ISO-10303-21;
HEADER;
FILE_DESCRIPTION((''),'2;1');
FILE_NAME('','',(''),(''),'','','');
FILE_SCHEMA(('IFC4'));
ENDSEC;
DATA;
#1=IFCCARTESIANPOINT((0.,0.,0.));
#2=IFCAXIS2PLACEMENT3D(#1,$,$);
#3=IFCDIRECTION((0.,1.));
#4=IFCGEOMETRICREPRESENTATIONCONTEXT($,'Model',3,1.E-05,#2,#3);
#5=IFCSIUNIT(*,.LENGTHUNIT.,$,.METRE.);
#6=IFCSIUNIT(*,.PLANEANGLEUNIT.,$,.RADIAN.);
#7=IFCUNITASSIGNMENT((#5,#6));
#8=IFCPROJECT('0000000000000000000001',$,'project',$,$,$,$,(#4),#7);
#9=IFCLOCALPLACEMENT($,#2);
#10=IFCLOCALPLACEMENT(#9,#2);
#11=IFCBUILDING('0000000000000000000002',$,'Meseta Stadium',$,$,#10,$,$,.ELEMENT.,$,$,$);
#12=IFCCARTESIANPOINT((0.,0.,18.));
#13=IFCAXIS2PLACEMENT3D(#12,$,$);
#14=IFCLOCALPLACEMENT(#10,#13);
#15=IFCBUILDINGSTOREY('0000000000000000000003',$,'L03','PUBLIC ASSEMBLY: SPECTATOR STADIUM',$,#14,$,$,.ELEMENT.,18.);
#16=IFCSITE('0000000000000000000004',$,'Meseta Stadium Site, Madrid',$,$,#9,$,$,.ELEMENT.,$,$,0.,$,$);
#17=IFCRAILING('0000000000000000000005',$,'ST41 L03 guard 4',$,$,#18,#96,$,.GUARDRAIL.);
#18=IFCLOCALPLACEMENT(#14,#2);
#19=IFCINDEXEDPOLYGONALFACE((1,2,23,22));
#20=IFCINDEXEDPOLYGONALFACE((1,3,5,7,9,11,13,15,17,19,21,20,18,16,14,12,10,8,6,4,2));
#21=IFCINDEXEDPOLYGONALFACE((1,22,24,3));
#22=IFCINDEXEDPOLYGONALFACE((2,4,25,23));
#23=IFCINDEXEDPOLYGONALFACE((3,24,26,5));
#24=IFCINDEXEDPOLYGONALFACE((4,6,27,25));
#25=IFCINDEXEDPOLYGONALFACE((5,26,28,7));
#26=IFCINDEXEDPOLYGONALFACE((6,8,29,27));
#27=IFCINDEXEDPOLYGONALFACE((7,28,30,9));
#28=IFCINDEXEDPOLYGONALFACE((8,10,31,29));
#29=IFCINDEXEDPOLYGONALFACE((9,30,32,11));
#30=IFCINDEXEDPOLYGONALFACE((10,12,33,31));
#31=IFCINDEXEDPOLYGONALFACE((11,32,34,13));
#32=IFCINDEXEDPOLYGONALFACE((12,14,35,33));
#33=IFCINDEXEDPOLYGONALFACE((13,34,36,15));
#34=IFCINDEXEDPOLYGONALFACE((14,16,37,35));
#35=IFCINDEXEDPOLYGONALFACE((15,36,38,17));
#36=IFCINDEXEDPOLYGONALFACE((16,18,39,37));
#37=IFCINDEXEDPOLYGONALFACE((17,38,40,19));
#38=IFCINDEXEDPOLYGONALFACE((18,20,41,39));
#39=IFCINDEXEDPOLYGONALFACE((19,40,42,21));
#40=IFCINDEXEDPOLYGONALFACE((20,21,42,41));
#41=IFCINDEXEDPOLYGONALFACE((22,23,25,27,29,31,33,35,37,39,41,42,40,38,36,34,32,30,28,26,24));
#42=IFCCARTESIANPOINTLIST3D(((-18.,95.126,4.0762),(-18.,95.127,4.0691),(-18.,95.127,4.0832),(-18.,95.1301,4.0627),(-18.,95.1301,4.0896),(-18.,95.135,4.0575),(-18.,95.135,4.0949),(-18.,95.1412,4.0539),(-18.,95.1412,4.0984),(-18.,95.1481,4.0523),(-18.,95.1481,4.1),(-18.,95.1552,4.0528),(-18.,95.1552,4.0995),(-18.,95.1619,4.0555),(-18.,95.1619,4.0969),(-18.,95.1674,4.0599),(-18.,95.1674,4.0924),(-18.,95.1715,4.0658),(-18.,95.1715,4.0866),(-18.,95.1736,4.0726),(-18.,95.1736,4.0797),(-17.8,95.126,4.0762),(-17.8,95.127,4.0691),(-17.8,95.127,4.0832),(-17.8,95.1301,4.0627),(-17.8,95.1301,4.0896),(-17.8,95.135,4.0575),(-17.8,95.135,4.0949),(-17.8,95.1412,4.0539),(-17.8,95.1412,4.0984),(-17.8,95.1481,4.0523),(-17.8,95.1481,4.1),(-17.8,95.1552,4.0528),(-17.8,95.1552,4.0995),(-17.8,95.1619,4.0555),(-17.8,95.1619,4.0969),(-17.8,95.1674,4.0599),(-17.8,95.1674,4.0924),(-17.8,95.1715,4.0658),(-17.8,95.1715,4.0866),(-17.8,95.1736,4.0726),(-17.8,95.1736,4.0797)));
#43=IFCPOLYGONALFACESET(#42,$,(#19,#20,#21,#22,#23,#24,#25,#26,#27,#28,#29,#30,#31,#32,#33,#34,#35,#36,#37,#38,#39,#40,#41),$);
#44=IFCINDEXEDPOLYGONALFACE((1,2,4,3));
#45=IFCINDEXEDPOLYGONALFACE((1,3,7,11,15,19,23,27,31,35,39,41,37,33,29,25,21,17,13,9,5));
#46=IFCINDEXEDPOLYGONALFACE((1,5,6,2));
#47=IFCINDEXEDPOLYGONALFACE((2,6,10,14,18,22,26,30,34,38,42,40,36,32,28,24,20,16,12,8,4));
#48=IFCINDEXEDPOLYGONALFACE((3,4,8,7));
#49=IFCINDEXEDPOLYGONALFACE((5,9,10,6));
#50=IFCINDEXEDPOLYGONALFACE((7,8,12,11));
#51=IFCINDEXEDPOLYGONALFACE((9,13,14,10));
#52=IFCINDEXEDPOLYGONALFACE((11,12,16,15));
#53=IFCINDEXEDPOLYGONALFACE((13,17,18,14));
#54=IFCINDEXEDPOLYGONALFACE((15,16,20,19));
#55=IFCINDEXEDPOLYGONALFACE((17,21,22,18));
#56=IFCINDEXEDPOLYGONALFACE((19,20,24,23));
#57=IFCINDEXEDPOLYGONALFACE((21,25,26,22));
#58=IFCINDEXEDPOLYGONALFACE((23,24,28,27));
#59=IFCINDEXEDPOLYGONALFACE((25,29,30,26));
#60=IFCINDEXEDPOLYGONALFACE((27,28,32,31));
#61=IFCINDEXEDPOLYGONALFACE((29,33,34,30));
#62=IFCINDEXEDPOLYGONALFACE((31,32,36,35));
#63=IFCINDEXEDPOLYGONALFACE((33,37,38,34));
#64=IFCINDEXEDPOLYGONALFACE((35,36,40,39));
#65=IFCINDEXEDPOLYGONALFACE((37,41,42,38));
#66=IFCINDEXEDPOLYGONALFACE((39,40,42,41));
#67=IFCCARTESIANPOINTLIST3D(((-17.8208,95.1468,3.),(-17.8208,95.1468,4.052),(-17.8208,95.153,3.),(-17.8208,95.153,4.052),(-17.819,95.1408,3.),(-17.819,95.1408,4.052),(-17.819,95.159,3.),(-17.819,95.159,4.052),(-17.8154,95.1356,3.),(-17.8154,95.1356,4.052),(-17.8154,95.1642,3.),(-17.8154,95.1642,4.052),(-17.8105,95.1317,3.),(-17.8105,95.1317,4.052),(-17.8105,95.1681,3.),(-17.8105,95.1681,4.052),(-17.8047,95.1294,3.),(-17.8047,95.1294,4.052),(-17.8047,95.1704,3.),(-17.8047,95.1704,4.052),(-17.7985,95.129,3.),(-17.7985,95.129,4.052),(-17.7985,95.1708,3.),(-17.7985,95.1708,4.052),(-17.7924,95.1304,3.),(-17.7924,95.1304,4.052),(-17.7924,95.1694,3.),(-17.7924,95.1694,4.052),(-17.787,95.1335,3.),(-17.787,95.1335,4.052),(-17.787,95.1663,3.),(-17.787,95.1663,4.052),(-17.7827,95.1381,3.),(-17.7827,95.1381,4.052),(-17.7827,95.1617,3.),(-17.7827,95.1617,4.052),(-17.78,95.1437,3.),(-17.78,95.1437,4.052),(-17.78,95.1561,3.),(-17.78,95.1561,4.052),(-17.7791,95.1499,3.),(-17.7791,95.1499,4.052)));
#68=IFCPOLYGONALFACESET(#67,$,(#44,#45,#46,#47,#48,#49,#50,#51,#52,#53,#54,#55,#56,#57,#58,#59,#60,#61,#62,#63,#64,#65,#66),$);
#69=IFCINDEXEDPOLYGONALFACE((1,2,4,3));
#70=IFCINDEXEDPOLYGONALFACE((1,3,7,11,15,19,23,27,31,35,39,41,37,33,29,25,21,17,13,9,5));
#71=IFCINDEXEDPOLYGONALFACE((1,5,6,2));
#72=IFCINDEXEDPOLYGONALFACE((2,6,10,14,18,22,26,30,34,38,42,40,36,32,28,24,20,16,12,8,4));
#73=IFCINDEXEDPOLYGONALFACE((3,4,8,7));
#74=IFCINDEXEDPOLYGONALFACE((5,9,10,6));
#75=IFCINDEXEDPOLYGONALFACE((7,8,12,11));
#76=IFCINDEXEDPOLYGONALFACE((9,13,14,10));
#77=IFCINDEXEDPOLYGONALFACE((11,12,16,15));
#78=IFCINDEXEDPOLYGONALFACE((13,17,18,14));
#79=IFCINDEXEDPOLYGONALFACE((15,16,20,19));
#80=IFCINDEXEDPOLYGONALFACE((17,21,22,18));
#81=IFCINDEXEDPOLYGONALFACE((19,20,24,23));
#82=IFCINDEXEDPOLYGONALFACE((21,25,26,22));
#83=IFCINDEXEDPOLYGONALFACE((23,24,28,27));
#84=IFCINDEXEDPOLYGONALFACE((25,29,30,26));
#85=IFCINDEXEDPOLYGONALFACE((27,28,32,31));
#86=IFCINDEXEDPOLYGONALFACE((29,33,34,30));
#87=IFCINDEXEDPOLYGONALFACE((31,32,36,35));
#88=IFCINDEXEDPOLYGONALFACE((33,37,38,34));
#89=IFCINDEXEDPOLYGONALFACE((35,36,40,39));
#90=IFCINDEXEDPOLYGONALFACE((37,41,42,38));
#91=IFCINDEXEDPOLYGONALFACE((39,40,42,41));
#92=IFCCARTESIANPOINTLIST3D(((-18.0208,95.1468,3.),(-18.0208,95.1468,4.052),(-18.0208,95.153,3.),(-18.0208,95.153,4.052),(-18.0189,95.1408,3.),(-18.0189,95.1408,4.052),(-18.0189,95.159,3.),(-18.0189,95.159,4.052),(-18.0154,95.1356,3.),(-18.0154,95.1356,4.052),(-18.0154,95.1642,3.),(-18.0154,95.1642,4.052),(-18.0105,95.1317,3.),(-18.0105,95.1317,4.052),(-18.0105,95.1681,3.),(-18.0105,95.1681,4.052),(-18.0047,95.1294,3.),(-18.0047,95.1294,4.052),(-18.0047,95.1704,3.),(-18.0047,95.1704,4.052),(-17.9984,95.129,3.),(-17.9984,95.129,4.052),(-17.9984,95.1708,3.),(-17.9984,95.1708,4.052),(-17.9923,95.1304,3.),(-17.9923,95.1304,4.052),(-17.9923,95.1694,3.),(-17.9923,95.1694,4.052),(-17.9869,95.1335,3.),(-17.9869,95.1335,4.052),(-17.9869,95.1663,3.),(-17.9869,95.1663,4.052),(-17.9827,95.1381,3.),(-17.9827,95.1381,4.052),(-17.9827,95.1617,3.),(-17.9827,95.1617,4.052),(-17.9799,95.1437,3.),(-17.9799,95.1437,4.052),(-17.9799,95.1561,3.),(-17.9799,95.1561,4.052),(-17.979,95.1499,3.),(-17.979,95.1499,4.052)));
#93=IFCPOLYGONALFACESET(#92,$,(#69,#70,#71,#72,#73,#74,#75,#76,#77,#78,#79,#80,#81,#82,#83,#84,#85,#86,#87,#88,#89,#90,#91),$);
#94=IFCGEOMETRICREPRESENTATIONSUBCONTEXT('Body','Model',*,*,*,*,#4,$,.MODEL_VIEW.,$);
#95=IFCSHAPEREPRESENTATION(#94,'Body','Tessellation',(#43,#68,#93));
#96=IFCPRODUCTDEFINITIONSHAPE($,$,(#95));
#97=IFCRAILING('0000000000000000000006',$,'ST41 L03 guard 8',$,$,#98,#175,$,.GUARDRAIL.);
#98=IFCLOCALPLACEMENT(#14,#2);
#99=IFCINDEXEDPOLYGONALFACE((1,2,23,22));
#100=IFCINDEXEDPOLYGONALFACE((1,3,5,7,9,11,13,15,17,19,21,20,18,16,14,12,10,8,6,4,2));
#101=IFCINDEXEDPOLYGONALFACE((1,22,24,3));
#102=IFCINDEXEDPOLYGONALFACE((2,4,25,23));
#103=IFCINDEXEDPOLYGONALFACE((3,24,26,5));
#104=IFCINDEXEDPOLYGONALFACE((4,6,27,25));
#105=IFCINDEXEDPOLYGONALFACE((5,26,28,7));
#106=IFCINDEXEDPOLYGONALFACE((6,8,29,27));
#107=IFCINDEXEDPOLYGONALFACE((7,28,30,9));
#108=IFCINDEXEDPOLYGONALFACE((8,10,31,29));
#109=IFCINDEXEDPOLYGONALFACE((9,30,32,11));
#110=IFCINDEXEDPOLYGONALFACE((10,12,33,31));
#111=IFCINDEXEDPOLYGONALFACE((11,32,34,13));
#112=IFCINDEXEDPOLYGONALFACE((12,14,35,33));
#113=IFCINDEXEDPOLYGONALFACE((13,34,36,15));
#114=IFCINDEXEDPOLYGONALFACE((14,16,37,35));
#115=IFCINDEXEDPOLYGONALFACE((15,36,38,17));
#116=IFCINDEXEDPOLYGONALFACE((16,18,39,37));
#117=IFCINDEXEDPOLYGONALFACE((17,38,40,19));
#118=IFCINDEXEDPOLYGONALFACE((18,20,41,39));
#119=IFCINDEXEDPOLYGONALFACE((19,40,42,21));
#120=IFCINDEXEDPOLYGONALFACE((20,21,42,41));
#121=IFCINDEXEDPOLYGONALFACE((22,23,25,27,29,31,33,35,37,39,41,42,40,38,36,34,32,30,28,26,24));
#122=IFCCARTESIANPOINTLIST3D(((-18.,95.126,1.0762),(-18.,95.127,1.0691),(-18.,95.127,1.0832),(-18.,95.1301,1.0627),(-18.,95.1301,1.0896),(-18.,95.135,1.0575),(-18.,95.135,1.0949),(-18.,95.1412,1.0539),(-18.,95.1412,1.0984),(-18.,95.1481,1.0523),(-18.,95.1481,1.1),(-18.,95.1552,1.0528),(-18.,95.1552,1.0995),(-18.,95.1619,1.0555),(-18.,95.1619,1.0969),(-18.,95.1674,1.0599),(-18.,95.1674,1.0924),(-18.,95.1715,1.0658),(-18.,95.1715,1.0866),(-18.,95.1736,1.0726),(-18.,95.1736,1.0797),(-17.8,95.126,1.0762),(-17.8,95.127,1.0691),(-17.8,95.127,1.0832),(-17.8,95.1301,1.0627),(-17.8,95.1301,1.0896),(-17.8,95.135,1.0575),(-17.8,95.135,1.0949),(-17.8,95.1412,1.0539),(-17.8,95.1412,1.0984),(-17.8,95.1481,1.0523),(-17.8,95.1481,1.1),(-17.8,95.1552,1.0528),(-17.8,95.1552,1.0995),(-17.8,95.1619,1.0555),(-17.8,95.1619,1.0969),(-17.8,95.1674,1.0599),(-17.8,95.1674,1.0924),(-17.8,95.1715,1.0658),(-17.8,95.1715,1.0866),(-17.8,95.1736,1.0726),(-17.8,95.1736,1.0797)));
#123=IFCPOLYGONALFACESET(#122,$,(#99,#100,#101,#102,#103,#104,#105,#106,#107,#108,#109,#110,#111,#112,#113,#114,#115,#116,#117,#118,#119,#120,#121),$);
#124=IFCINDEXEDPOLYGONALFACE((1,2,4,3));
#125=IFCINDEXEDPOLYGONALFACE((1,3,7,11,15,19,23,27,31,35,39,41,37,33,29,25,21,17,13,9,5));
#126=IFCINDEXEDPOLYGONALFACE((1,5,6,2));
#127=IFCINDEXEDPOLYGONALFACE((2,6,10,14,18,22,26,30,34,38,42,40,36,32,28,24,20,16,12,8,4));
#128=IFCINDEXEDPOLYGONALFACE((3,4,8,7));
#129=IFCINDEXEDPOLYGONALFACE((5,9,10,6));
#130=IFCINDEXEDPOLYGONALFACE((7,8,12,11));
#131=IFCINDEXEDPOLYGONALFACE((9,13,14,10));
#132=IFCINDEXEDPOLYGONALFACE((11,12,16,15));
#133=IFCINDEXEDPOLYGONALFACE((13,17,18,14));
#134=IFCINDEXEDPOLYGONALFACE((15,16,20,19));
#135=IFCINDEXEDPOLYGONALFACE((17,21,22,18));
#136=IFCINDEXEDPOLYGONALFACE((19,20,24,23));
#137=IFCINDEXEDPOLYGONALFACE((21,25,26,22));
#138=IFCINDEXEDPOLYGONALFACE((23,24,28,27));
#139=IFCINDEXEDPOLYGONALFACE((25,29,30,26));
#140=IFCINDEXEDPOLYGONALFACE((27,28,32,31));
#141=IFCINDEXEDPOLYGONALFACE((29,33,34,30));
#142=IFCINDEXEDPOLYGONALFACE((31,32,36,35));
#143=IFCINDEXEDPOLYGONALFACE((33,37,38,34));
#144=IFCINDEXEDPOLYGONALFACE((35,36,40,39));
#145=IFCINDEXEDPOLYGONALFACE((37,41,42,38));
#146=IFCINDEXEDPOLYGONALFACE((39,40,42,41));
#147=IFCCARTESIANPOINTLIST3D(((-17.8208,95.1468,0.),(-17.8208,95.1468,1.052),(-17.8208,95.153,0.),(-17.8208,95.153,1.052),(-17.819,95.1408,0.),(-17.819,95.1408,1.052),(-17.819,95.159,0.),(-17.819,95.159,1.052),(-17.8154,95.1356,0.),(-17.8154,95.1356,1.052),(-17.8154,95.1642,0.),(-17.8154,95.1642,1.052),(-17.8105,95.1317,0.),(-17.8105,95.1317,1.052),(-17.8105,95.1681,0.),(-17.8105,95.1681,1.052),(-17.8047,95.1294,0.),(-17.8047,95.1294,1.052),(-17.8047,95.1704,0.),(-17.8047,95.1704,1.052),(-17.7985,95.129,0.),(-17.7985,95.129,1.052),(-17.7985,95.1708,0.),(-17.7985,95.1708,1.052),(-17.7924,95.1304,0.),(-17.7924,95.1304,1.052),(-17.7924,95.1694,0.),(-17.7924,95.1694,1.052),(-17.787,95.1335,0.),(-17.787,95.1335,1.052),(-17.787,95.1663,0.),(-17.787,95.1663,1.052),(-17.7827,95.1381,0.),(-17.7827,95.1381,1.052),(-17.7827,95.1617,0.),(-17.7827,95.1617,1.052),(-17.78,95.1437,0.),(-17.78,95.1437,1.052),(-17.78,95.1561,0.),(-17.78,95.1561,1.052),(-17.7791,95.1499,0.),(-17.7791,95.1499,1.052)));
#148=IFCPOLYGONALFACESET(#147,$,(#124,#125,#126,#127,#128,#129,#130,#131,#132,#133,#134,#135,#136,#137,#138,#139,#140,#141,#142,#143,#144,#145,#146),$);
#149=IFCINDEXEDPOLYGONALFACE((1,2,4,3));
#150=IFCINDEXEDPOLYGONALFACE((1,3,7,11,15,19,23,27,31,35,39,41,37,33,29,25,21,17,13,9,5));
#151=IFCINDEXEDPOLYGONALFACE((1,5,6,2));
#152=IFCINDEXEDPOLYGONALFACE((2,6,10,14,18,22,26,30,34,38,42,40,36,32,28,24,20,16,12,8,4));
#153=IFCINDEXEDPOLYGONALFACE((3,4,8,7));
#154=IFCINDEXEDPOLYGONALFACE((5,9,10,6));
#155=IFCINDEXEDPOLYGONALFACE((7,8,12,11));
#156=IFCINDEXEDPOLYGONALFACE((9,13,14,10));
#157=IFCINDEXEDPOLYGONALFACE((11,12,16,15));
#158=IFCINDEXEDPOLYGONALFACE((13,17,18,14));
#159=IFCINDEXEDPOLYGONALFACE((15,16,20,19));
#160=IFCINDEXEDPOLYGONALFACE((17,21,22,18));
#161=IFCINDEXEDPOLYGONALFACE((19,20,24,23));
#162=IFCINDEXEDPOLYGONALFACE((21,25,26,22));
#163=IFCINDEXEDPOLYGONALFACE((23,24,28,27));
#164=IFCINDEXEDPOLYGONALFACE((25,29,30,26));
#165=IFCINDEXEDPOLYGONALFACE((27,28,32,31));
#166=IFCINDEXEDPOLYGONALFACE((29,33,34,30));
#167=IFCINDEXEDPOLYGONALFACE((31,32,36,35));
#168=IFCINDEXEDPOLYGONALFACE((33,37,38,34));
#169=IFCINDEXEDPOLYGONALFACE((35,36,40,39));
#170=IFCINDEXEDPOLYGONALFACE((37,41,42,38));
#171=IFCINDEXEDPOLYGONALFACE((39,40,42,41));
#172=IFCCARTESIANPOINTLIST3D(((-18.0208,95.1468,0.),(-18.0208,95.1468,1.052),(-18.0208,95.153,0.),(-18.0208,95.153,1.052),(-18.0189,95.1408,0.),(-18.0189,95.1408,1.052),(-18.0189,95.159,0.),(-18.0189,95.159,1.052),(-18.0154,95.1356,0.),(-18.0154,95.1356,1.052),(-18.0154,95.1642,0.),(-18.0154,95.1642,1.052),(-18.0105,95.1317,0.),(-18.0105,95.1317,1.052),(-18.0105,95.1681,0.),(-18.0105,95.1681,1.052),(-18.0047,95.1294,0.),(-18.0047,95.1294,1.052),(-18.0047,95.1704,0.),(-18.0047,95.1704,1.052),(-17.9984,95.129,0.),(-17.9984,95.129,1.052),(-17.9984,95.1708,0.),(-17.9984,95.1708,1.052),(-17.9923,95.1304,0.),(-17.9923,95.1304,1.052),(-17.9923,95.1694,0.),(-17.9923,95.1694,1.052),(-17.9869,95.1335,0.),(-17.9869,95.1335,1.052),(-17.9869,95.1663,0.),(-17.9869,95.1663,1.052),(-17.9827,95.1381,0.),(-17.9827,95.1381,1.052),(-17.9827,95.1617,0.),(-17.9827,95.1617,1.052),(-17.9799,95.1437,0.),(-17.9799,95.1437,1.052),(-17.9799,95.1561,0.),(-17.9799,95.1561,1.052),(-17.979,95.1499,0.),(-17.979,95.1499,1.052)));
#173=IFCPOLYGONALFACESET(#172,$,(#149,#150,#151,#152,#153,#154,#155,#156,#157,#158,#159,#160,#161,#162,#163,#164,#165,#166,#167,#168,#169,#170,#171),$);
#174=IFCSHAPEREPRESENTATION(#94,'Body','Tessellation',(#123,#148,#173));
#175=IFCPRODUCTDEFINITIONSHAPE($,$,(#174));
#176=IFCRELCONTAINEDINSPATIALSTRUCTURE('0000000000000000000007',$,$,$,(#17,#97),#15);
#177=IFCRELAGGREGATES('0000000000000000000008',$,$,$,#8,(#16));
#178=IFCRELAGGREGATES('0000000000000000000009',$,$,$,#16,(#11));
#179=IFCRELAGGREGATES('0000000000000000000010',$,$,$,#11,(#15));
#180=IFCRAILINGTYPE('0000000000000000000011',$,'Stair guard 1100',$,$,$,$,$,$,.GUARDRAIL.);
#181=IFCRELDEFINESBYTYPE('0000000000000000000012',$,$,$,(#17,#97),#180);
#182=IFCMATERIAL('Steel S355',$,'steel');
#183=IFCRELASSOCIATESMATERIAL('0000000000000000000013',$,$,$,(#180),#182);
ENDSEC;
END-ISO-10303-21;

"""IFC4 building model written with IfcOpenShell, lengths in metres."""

from ifc_helpers import new_model, si_unit, direction, frame, origin, origin_2d, place, context, subcontext, project, spatial, circle, extrude, material, type_object, element, save


model = new_model("IFC4")

# Units and contexts
model_context = context("Model", 3, precision=1e-05, world=origin(), true_north=direction((0.0, 1.0)))
body_context = subcontext(model_context, "Body", "Model", "MODEL_VIEW")
ifc_project = project(units=[si_unit("LENGTHUNIT", "METRE"), si_unit("PLANEANGLEUNIT", "RADIAN")], contexts=[model_context])

# Site, building, storey
site_placement = place(None, origin())
site = spatial("IfcSite", under=ifc_project, at=site_placement, Name="Meseta Stadium Site, Madrid", CompositionType="ELEMENT", RefElevation=0.0)
building_placement = place(site_placement, origin())
building = spatial("IfcBuilding", under=site, at=building_placement, Name="Meseta Stadium", CompositionType="ELEMENT")
storey_placement = place(building_placement, frame((0.0, 0.0, 18.0)))
storey = spatial("IfcBuildingStorey", under=building, at=storey_placement, Name="L03", Description="PUBLIC ASSEMBLY: SPECTATOR STADIUM", CompositionType="ELEMENT", Elevation=18.0)

# Railings
ifc_material_1 = material(Name="Steel S355", Category="steel")
railing_type_1 = type_object("IfcRailingType", Name="Stair guard 1100", PredefinedType="GUARDRAIL", material=ifc_material_1)
for number, where, name in (
    (1, (-17.8, 95.1499, 3.0), "ST41 L03 guard 4"),
    (2, (-17.8, 95.1499, 0.0), "ST41 L03 guard 8"),
):
    element("IfcRailing", number, at=place(storey_placement, frame(where)), inside=storey, type_object=railing_type_1, Name=name, PredefinedType="GUARDRAIL", context=body_context, shape_type="SweptSolid", body=[
        extrude(circle(Radius=0.0239, at=origin_2d()), frame((0.0, 0.0, 1.0762), z_axis=(-1.0, 0.0, 0.0), x_axis=(0.0, -1.0, 0.0)), (0.0, 0.0, 1.0), 0.2),
        extrude(circle(Radius=0.021, at=origin_2d()), origin(), (0.0, 0.0, 1.0), 1.052),
        extrude(circle(Radius=0.021, at=origin_2d()), frame((-0.2, 0.0, 0.0)), (0.0, 0.0, 1.0), 1.052),
    ])

save(model, "model.ifc")
